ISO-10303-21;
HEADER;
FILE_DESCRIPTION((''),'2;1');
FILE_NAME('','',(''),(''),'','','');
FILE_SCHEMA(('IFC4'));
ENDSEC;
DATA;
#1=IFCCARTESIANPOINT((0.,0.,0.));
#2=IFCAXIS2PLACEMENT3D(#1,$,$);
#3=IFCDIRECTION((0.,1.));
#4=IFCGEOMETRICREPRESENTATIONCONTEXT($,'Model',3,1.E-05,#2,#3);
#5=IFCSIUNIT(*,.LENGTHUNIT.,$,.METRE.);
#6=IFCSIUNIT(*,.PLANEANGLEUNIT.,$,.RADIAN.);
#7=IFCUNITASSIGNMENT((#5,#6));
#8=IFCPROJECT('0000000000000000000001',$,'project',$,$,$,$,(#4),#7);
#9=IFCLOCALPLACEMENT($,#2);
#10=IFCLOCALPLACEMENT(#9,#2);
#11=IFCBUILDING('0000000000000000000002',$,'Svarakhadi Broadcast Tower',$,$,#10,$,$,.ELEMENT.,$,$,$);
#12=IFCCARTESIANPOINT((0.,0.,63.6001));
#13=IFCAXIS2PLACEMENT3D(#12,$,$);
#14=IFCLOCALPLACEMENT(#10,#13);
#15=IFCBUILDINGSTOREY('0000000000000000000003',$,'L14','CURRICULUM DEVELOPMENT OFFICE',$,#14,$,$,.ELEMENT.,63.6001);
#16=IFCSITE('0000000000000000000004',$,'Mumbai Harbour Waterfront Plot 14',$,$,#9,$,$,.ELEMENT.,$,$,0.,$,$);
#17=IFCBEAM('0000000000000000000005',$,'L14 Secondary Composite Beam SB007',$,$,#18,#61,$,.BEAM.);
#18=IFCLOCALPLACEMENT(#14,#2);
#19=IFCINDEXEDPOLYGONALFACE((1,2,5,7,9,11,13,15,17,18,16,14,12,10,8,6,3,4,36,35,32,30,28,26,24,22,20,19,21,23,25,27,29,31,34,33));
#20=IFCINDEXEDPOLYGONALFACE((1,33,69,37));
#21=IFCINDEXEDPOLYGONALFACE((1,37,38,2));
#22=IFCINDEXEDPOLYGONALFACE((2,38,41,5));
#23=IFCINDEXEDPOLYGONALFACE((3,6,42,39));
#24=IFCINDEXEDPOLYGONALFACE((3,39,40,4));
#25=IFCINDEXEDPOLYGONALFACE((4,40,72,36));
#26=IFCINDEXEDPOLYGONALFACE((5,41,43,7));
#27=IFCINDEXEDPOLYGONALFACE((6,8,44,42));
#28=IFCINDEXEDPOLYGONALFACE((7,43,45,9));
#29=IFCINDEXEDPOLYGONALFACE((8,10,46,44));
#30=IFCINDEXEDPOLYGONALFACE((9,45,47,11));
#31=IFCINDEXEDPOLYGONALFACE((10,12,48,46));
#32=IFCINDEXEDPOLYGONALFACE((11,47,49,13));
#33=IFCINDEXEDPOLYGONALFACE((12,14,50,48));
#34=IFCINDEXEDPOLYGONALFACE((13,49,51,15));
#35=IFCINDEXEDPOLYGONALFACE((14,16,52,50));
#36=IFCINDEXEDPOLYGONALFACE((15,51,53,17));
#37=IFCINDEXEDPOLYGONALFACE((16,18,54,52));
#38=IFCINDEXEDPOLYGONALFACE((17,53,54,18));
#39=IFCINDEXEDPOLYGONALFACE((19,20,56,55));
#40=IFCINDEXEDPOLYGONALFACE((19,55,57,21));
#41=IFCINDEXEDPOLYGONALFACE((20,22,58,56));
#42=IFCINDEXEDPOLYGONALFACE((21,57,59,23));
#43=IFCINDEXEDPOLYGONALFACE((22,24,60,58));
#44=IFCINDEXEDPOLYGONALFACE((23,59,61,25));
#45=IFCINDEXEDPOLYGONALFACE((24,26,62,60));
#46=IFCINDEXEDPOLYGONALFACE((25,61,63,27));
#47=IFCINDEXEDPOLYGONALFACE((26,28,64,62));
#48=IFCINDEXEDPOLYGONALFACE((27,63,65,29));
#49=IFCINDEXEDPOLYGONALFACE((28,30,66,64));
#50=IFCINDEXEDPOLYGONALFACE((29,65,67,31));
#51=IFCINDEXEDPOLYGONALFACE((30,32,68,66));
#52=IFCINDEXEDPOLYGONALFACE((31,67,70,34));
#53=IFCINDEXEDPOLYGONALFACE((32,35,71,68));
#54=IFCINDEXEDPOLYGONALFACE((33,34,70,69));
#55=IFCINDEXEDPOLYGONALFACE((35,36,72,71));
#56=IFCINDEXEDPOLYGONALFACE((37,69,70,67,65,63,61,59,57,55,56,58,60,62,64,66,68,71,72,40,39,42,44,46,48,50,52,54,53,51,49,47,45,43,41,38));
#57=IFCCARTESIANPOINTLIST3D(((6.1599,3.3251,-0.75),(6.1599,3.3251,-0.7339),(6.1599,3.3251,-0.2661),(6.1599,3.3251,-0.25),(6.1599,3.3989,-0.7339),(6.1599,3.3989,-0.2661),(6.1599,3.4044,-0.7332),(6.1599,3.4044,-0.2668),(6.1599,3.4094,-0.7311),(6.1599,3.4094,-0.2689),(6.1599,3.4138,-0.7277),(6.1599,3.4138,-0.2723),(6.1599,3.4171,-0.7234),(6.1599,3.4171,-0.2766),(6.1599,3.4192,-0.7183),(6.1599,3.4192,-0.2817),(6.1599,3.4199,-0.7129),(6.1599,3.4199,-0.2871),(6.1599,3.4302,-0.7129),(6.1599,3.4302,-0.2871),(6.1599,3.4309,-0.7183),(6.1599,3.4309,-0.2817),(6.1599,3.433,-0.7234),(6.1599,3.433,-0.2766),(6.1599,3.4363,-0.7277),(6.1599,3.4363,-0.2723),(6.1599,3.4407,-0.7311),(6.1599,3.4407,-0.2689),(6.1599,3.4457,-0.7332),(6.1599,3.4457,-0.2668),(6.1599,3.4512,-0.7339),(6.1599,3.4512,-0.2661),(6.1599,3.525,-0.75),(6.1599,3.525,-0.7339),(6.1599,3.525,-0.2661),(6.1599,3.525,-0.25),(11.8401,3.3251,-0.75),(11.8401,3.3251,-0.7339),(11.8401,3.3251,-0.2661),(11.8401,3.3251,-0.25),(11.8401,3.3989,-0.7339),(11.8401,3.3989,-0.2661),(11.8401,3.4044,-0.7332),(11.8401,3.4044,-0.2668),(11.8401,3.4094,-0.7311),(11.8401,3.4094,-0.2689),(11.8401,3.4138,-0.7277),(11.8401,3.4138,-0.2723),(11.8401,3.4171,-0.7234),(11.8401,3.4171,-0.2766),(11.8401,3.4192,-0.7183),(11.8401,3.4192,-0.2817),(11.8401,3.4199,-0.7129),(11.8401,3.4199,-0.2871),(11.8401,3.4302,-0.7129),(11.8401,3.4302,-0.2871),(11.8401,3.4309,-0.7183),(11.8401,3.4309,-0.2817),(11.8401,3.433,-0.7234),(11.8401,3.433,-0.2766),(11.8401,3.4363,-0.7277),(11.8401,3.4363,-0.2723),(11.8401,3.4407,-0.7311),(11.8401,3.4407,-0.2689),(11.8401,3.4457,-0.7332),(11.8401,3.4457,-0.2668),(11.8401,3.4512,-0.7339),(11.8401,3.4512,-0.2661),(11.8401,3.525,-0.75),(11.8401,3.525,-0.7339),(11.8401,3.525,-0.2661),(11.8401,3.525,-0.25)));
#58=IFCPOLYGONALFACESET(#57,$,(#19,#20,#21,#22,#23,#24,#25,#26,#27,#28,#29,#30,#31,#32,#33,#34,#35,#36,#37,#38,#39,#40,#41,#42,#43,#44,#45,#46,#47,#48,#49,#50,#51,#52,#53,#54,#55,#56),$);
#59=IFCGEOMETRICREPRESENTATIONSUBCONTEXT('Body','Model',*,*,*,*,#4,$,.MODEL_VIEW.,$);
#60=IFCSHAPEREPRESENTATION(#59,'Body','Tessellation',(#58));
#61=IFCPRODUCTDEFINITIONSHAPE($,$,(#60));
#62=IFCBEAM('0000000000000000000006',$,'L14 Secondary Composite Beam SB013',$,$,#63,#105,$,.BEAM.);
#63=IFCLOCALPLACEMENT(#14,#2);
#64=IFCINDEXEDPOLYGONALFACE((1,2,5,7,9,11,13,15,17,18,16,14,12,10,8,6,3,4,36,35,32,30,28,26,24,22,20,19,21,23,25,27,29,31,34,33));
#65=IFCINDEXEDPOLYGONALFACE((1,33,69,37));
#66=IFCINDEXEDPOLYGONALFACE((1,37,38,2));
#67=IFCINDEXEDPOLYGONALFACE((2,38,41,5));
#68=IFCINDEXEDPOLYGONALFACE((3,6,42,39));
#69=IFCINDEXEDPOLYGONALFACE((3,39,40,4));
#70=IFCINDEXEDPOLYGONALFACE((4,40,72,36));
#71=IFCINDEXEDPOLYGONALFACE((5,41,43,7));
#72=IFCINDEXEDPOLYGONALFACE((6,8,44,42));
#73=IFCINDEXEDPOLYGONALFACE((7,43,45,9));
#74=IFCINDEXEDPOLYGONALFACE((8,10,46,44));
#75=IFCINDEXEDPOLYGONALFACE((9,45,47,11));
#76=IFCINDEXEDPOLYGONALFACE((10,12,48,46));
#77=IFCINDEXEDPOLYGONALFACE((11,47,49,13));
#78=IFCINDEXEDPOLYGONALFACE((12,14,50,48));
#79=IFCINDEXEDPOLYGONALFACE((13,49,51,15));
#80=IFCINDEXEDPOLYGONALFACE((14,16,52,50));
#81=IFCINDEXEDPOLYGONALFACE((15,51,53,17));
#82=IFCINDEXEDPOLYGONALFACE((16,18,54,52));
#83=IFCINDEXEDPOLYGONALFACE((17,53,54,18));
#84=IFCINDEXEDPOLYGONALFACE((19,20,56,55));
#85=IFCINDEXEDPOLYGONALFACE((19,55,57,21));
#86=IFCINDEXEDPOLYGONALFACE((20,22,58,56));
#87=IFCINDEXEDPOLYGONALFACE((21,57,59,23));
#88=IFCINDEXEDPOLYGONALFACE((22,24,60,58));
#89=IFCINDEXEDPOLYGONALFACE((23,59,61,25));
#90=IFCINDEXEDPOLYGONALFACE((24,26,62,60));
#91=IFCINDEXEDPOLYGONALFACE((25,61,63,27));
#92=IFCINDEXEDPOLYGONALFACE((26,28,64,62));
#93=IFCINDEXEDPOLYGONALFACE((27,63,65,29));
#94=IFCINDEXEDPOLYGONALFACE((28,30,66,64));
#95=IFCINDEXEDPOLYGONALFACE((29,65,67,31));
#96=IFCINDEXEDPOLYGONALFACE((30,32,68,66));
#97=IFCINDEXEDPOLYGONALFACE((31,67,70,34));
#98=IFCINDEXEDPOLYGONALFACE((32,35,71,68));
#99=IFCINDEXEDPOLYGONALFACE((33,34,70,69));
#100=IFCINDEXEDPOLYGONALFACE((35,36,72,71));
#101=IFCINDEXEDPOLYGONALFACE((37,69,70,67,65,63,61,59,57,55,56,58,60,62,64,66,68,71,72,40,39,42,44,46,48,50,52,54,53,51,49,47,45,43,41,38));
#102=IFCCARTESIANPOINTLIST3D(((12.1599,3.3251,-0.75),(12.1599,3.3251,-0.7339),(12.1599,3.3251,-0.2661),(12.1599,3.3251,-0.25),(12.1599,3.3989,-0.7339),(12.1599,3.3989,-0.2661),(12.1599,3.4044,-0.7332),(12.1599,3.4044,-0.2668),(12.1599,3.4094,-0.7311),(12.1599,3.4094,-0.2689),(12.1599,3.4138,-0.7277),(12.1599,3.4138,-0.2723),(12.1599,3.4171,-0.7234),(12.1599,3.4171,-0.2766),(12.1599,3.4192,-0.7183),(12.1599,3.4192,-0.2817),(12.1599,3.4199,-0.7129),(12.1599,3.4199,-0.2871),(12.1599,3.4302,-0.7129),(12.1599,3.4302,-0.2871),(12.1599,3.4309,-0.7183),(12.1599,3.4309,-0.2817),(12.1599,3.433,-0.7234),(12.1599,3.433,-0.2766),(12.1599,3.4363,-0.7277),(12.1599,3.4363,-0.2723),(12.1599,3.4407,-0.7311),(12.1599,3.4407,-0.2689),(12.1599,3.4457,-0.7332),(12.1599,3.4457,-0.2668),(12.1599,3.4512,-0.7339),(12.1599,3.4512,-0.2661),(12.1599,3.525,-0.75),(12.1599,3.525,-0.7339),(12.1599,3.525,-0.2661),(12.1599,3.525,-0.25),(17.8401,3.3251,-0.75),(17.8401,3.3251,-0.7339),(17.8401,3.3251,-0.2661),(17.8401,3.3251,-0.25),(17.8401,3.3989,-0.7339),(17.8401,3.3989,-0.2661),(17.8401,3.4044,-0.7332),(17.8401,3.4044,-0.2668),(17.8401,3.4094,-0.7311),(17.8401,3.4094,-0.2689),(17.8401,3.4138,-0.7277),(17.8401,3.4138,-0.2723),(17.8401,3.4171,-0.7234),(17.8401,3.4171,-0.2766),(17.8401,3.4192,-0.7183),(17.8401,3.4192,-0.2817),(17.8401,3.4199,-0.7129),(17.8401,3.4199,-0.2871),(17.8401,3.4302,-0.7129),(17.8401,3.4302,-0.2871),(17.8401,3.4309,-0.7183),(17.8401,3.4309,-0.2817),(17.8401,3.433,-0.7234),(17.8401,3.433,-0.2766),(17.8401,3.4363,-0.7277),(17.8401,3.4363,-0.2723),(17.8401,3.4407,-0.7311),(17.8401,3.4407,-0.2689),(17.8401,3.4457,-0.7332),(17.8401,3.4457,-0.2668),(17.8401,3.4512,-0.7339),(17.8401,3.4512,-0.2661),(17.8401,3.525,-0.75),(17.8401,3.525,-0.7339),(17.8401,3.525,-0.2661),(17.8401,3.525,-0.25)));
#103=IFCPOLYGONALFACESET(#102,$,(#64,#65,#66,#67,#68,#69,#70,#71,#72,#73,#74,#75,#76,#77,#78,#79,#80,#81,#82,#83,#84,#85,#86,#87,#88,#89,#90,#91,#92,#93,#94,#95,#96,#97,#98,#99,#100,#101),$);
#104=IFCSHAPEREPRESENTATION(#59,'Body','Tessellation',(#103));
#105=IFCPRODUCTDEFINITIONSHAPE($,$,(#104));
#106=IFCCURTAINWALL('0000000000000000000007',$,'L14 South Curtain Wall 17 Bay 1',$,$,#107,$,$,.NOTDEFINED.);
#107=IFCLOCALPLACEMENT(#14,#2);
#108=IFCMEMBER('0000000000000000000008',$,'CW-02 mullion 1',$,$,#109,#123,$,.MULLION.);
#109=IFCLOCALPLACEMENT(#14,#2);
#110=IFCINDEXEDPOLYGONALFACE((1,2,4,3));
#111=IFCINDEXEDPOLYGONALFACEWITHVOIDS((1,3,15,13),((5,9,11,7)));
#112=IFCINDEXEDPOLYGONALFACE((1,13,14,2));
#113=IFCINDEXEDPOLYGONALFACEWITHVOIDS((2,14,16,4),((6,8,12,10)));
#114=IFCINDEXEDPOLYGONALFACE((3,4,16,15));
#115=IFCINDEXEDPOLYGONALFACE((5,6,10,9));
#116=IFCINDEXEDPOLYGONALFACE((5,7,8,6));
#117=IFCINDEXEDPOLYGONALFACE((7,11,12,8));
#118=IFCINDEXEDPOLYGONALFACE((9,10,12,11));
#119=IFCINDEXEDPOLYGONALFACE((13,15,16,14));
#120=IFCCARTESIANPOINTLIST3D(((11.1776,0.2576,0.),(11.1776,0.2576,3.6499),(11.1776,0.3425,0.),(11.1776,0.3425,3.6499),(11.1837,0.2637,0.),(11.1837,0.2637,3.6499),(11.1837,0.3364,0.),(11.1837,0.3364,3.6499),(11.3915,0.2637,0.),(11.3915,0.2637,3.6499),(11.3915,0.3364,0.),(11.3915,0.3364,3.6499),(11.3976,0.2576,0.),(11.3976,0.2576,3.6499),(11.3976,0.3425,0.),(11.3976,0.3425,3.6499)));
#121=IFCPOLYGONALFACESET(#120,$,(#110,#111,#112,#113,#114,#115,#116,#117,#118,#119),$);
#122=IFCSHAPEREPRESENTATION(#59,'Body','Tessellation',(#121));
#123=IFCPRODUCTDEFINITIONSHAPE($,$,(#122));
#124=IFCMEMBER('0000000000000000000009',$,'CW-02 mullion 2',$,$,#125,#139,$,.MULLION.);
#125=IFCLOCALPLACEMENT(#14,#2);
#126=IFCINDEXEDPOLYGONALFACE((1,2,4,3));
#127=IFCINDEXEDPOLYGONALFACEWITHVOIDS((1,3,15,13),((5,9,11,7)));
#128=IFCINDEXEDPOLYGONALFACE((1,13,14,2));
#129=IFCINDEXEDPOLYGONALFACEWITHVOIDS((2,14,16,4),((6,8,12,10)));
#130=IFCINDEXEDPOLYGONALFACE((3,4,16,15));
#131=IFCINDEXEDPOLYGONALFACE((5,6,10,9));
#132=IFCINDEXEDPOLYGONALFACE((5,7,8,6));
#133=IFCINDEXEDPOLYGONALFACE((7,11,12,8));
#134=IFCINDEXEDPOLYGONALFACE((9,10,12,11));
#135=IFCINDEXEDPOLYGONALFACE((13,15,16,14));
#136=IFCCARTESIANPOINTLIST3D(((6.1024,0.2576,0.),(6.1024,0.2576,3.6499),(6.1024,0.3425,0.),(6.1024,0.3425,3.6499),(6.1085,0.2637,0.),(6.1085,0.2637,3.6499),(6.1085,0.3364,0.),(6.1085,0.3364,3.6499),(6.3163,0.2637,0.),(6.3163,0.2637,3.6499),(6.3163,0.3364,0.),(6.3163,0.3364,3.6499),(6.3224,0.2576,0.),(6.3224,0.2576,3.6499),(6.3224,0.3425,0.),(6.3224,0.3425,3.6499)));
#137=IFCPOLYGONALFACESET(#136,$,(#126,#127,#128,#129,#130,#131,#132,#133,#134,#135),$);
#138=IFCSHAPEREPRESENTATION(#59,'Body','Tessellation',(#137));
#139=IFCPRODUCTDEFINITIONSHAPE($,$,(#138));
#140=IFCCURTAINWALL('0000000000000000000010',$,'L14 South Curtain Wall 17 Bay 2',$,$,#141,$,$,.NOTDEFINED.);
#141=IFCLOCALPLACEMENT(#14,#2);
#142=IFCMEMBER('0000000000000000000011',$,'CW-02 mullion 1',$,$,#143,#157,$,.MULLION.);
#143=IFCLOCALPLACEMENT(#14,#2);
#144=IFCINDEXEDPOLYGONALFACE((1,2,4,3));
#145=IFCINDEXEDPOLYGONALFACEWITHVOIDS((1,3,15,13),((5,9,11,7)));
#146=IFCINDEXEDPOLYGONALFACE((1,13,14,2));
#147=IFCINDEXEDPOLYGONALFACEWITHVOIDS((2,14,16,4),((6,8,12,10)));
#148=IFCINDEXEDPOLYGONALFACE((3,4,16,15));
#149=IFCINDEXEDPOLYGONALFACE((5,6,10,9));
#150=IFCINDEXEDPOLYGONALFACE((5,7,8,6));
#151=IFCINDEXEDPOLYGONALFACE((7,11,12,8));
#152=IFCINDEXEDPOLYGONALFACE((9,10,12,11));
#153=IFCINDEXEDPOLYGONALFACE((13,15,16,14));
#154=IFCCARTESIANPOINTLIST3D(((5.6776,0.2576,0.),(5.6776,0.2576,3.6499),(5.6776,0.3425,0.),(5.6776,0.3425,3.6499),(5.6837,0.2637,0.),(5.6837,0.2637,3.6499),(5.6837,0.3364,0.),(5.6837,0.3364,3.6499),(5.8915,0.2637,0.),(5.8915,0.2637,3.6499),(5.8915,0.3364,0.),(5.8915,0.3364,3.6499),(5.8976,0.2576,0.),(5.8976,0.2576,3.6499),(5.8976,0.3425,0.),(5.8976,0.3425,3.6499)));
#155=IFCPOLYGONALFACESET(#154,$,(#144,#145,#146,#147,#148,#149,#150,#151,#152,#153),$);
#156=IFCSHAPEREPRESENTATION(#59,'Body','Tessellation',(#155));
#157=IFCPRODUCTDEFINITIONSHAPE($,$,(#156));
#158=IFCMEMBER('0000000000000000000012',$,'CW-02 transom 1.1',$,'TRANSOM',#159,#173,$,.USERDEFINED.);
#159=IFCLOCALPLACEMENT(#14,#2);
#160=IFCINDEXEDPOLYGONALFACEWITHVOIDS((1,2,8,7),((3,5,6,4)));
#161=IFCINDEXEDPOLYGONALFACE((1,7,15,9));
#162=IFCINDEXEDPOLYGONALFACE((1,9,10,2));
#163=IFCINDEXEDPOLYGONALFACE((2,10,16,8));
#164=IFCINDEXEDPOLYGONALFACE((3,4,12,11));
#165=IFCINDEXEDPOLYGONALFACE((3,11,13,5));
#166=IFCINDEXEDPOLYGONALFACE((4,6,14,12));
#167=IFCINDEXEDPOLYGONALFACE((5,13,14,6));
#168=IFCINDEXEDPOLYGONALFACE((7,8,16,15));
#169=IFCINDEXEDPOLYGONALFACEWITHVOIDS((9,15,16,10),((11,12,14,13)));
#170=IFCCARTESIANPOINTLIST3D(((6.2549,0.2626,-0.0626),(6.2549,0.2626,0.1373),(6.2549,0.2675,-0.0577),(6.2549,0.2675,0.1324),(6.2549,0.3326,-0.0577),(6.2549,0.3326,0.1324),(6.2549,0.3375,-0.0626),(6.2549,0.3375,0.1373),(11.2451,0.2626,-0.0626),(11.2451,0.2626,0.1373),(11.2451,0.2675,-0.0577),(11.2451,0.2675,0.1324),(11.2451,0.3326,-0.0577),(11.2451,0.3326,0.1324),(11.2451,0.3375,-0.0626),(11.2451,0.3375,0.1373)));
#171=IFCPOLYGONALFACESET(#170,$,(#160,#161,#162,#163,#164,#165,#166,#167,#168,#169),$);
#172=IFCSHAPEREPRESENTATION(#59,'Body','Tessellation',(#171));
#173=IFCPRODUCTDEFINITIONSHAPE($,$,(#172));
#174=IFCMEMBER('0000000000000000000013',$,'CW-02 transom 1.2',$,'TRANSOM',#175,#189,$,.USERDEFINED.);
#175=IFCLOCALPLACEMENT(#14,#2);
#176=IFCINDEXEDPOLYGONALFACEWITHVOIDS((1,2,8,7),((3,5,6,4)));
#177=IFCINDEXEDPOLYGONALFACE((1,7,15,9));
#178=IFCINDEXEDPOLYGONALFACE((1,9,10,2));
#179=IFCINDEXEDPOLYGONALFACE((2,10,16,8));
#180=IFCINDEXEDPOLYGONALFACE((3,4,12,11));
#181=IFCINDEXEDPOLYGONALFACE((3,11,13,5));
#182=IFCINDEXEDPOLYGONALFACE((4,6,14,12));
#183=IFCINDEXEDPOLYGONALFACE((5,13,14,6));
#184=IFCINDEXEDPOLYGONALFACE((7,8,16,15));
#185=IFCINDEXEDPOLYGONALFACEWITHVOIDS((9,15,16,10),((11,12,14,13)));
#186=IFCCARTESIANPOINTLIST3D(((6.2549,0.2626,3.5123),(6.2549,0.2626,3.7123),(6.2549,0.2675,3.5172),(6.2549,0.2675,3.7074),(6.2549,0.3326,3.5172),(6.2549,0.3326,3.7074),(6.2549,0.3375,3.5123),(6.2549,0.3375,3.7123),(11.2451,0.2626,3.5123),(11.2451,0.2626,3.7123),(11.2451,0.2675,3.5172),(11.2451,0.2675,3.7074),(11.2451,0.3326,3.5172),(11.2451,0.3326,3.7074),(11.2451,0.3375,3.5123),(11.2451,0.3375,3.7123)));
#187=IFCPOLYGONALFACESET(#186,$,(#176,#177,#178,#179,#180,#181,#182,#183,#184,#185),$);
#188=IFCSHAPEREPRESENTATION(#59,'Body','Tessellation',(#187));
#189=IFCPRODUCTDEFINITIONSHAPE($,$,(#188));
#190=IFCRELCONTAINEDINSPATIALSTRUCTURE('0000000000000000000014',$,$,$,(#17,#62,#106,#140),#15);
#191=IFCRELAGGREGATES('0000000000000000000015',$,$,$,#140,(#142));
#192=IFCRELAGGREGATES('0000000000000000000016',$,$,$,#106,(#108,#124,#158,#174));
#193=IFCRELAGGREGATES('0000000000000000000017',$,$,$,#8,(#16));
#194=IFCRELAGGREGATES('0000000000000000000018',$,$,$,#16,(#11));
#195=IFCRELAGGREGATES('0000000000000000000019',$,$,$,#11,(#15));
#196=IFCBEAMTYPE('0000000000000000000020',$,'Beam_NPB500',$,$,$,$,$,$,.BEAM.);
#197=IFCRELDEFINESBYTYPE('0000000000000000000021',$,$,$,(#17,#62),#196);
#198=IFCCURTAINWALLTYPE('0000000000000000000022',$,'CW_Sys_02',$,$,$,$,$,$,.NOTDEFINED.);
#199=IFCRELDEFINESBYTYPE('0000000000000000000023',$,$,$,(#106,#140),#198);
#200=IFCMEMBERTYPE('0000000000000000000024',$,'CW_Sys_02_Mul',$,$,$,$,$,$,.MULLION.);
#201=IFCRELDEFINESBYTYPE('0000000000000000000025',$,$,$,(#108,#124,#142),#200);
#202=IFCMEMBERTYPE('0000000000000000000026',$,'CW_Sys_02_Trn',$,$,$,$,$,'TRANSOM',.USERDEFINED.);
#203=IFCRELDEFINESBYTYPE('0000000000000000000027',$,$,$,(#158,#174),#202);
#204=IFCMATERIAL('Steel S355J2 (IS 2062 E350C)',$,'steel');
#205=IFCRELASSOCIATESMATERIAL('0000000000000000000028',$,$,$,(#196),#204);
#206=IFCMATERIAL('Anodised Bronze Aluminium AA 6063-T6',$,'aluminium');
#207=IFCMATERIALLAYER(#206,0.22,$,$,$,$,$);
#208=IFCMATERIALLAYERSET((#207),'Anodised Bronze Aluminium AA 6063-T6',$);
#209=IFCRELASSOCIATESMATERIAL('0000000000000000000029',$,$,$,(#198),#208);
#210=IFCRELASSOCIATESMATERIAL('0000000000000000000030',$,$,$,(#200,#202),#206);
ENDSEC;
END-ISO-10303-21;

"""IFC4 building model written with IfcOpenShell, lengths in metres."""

from ifc_helpers import new_model, si_unit, direction, frame, origin, origin_2d, place, context, subcontext, project, spatial, hollow_rectangle, i_section, extrude, material, layer, layer_set, material_profile, profile_set, type_object, element, aggregate, save


model = new_model("IFC4")

# Units and contexts
model_context = context("Model", 3, precision=1e-05, world=origin(), true_north=direction((0.0, 1.0)))
body_context = subcontext(model_context, "Body", "Model", "MODEL_VIEW")
ifc_project = project(units=[si_unit("LENGTHUNIT", "METRE"), si_unit("PLANEANGLEUNIT", "RADIAN")], contexts=[model_context])

# Site, building, storey
site_placement = place(None, origin())
site = spatial("IfcSite", under=ifc_project, at=site_placement, Name="Mumbai Harbour Waterfront Plot 14", CompositionType="ELEMENT", RefElevation=0.0)
building_placement = place(site_placement, origin())
building = spatial("IfcBuilding", under=site, at=building_placement, Name="Svarakhadi Broadcast Tower", CompositionType="ELEMENT")
storey_placement = place(building_placement, frame((0.0, 0.0, 63.6001)))
storey = spatial("IfcBuildingStorey", under=building, at=storey_placement, Name="L14", Description="CURRICULUM DEVELOPMENT OFFICE", CompositionType="ELEMENT", Elevation=63.6001)

# Beams
ifc_material_1 = material(Name="Steel S355J2 (IS 2062 E350C)", Category="steel")
ifc_material_profile_1 = material_profile(ifc_material_1, i_section(OverallWidth=0.2, OverallDepth=0.5, WebThickness=0.0103, FlangeThickness=0.0161, FilletRadius=0.021, at=origin_2d()), Name="NPB 500x200x91")
ifc_profile_set_1 = profile_set([ifc_material_profile_1], Name="Steel S355J2 (IS 2062 E350C)")
beam_type_1 = type_object("IfcBeamType", Name="Beam_NPB500", PredefinedType="BEAM", material=ifc_profile_set_1)
for number, where, z_axis, x_axis, name in (
    (1, (6.1599, 3.425, -0.5), (1.0, 0.0, 0.0), (0.0, 1.0, 0.0), "L14 Secondary Composite Beam SB007"),
    (2, (12.1599, 3.425, -0.5), (1.0, 0.0, 0.0), (0.0, 1.0, 0.0), "L14 Secondary Composite Beam SB013"),
):
    element("IfcBeam", number, at=place(storey_placement, frame(where, z_axis=z_axis, x_axis=x_axis)), inside=storey, type_object=beam_type_1, Name=name, PredefinedType="BEAM", context=body_context, shape_type="SweptSolid", body=[
        extrude(i_section(OverallWidth=0.2, OverallDepth=0.5, WebThickness=0.0103, FlangeThickness=0.0161, FilletRadius=0.021, at=origin_2d()), origin(), (0.0, 0.0, 1.0), 5.6802),
    ])

# Curtain wall, members
ifc_material_2 = material(Name="Anodised Bronze Aluminium AA 6063-T6", Category="aluminium")
ifc_layer_1 = layer(ifc_material_2, 0.22)
ifc_layer_set_1 = layer_set([ifc_layer_1], Name="Anodised Bronze Aluminium AA 6063-T6")
curtain_wall_type = type_object("IfcCurtainWallType", Name="CW_Sys_02", PredefinedType="NOTDEFINED", material=ifc_layer_set_1)
curtain_wall_1_placement = place(storey_placement, origin())
curtain_wall_1 = element("IfcCurtainWall", 3, at=curtain_wall_1_placement, inside=storey, type_object=curtain_wall_type, Name="L14 South Curtain Wall 17 Bay 1", PredefinedType="NOTDEFINED")
ifc_material_profile_2 = material_profile(ifc_material_2, hollow_rectangle(XDim=0.085, YDim=0.22, WallThickness=0.0061, at=origin_2d()), Name="ALU MULLION 220x85x6")
ifc_profile_set_2 = profile_set([ifc_material_profile_2], Name="Anodised Bronze Aluminium AA 6063-T6")
member_type_1 = type_object("IfcMemberType", Name="CW_Sys_02_Mul", PredefinedType="MULLION", material=ifc_profile_set_2)
member_1_placement = place(storey_placement, frame((11.2876, 0.3, 0.0), z_axis=(0.0, 0.0, 1.0), x_axis=(0.0, -1.0, 0.0)))
member_1 = element("IfcMember", 4, at=member_1_placement, type_object=member_type_1, Name="CW-02 mullion 1", PredefinedType="MULLION", context=body_context, shape_type="SweptSolid", body=[
    extrude(hollow_rectangle(XDim=0.085, YDim=0.22, WallThickness=0.0061, at=origin_2d()), origin(), (0.0, 0.0, 1.0), 3.6499),
])
member_2_placement = place(storey_placement, frame((6.2124, 0.3, 0.0), z_axis=(0.0, 0.0, 1.0), x_axis=(0.0, -1.0, 0.0)))
member_2 = element("IfcMember", 5, at=member_2_placement, type_object=member_type_1, Name="CW-02 mullion 2", PredefinedType="MULLION", context=body_context, shape_type="SweptSolid", body=[
    extrude(hollow_rectangle(XDim=0.085, YDim=0.22, WallThickness=0.0061, at=origin_2d()), origin(), (0.0, 0.0, 1.0), 3.6499),
])

# Curtain wall, member
curtain_wall_2_placement = place(storey_placement, origin())
curtain_wall_2 = element("IfcCurtainWall", 6, at=curtain_wall_2_placement, inside=storey, type_object=curtain_wall_type, Name="L14 South Curtain Wall 17 Bay 2", PredefinedType="NOTDEFINED")
member_3_placement = place(storey_placement, frame((5.7876, 0.3, 0.0), z_axis=(0.0, 0.0, 1.0), x_axis=(0.0, -1.0, 0.0)))
member_3 = element("IfcMember", 7, at=member_3_placement, type_object=member_type_1, Name="CW-02 mullion 1", PredefinedType="MULLION", context=body_context, shape_type="SweptSolid", body=[
    extrude(hollow_rectangle(XDim=0.085, YDim=0.22, WallThickness=0.0061, at=origin_2d()), origin(), (0.0, 0.0, 1.0), 3.6499),
])
aggregate(curtain_wall_2, [member_3])

# Members
ifc_material_profile_3 = material_profile(ifc_material_2, hollow_rectangle(XDim=0.075, YDim=0.2, WallThickness=0.0049, at=origin_2d()), Name="ALU TRANSOM 200x75x5")
ifc_profile_set_3 = profile_set([ifc_material_profile_3], Name="Anodised Bronze Aluminium AA 6063-T6")
member_type_2 = type_object("IfcMemberType", Name="CW_Sys_02_Trn", ElementType="TRANSOM", PredefinedType="USERDEFINED", material=ifc_profile_set_3)
member_4_placement = place(storey_placement, frame((11.2451, 0.3, 0.0374), z_axis=(-1.0, 0.0, 0.0), x_axis=(0.0, -1.0, 0.0)))
member_4 = element("IfcMember", 8, at=member_4_placement, type_object=member_type_2, Name="CW-02 transom 1.1", ObjectType="TRANSOM", PredefinedType="USERDEFINED", context=body_context, shape_type="SweptSolid", body=[
    extrude(hollow_rectangle(XDim=0.075, YDim=0.2, WallThickness=0.0049, at=origin_2d()), origin(), (0.0, 0.0, 1.0), 4.9902),
])
member_5_placement = place(storey_placement, frame((11.2451, 0.3, 3.6123), z_axis=(-1.0, 0.0, 0.0), x_axis=(0.0, -1.0, 0.0)))
member_5 = element("IfcMember", 9, at=member_5_placement, type_object=member_type_2, Name="CW-02 transom 1.2", ObjectType="TRANSOM", PredefinedType="USERDEFINED", context=body_context, shape_type="SweptSolid", body=[
    extrude(hollow_rectangle(XDim=0.075, YDim=0.2, WallThickness=0.0049, at=origin_2d()), origin(), (0.0, 0.0, 1.0), 4.9902),
])

aggregate(curtain_wall_1, [member_1, member_2, member_4, member_5])

save(model, "model.ifc")
